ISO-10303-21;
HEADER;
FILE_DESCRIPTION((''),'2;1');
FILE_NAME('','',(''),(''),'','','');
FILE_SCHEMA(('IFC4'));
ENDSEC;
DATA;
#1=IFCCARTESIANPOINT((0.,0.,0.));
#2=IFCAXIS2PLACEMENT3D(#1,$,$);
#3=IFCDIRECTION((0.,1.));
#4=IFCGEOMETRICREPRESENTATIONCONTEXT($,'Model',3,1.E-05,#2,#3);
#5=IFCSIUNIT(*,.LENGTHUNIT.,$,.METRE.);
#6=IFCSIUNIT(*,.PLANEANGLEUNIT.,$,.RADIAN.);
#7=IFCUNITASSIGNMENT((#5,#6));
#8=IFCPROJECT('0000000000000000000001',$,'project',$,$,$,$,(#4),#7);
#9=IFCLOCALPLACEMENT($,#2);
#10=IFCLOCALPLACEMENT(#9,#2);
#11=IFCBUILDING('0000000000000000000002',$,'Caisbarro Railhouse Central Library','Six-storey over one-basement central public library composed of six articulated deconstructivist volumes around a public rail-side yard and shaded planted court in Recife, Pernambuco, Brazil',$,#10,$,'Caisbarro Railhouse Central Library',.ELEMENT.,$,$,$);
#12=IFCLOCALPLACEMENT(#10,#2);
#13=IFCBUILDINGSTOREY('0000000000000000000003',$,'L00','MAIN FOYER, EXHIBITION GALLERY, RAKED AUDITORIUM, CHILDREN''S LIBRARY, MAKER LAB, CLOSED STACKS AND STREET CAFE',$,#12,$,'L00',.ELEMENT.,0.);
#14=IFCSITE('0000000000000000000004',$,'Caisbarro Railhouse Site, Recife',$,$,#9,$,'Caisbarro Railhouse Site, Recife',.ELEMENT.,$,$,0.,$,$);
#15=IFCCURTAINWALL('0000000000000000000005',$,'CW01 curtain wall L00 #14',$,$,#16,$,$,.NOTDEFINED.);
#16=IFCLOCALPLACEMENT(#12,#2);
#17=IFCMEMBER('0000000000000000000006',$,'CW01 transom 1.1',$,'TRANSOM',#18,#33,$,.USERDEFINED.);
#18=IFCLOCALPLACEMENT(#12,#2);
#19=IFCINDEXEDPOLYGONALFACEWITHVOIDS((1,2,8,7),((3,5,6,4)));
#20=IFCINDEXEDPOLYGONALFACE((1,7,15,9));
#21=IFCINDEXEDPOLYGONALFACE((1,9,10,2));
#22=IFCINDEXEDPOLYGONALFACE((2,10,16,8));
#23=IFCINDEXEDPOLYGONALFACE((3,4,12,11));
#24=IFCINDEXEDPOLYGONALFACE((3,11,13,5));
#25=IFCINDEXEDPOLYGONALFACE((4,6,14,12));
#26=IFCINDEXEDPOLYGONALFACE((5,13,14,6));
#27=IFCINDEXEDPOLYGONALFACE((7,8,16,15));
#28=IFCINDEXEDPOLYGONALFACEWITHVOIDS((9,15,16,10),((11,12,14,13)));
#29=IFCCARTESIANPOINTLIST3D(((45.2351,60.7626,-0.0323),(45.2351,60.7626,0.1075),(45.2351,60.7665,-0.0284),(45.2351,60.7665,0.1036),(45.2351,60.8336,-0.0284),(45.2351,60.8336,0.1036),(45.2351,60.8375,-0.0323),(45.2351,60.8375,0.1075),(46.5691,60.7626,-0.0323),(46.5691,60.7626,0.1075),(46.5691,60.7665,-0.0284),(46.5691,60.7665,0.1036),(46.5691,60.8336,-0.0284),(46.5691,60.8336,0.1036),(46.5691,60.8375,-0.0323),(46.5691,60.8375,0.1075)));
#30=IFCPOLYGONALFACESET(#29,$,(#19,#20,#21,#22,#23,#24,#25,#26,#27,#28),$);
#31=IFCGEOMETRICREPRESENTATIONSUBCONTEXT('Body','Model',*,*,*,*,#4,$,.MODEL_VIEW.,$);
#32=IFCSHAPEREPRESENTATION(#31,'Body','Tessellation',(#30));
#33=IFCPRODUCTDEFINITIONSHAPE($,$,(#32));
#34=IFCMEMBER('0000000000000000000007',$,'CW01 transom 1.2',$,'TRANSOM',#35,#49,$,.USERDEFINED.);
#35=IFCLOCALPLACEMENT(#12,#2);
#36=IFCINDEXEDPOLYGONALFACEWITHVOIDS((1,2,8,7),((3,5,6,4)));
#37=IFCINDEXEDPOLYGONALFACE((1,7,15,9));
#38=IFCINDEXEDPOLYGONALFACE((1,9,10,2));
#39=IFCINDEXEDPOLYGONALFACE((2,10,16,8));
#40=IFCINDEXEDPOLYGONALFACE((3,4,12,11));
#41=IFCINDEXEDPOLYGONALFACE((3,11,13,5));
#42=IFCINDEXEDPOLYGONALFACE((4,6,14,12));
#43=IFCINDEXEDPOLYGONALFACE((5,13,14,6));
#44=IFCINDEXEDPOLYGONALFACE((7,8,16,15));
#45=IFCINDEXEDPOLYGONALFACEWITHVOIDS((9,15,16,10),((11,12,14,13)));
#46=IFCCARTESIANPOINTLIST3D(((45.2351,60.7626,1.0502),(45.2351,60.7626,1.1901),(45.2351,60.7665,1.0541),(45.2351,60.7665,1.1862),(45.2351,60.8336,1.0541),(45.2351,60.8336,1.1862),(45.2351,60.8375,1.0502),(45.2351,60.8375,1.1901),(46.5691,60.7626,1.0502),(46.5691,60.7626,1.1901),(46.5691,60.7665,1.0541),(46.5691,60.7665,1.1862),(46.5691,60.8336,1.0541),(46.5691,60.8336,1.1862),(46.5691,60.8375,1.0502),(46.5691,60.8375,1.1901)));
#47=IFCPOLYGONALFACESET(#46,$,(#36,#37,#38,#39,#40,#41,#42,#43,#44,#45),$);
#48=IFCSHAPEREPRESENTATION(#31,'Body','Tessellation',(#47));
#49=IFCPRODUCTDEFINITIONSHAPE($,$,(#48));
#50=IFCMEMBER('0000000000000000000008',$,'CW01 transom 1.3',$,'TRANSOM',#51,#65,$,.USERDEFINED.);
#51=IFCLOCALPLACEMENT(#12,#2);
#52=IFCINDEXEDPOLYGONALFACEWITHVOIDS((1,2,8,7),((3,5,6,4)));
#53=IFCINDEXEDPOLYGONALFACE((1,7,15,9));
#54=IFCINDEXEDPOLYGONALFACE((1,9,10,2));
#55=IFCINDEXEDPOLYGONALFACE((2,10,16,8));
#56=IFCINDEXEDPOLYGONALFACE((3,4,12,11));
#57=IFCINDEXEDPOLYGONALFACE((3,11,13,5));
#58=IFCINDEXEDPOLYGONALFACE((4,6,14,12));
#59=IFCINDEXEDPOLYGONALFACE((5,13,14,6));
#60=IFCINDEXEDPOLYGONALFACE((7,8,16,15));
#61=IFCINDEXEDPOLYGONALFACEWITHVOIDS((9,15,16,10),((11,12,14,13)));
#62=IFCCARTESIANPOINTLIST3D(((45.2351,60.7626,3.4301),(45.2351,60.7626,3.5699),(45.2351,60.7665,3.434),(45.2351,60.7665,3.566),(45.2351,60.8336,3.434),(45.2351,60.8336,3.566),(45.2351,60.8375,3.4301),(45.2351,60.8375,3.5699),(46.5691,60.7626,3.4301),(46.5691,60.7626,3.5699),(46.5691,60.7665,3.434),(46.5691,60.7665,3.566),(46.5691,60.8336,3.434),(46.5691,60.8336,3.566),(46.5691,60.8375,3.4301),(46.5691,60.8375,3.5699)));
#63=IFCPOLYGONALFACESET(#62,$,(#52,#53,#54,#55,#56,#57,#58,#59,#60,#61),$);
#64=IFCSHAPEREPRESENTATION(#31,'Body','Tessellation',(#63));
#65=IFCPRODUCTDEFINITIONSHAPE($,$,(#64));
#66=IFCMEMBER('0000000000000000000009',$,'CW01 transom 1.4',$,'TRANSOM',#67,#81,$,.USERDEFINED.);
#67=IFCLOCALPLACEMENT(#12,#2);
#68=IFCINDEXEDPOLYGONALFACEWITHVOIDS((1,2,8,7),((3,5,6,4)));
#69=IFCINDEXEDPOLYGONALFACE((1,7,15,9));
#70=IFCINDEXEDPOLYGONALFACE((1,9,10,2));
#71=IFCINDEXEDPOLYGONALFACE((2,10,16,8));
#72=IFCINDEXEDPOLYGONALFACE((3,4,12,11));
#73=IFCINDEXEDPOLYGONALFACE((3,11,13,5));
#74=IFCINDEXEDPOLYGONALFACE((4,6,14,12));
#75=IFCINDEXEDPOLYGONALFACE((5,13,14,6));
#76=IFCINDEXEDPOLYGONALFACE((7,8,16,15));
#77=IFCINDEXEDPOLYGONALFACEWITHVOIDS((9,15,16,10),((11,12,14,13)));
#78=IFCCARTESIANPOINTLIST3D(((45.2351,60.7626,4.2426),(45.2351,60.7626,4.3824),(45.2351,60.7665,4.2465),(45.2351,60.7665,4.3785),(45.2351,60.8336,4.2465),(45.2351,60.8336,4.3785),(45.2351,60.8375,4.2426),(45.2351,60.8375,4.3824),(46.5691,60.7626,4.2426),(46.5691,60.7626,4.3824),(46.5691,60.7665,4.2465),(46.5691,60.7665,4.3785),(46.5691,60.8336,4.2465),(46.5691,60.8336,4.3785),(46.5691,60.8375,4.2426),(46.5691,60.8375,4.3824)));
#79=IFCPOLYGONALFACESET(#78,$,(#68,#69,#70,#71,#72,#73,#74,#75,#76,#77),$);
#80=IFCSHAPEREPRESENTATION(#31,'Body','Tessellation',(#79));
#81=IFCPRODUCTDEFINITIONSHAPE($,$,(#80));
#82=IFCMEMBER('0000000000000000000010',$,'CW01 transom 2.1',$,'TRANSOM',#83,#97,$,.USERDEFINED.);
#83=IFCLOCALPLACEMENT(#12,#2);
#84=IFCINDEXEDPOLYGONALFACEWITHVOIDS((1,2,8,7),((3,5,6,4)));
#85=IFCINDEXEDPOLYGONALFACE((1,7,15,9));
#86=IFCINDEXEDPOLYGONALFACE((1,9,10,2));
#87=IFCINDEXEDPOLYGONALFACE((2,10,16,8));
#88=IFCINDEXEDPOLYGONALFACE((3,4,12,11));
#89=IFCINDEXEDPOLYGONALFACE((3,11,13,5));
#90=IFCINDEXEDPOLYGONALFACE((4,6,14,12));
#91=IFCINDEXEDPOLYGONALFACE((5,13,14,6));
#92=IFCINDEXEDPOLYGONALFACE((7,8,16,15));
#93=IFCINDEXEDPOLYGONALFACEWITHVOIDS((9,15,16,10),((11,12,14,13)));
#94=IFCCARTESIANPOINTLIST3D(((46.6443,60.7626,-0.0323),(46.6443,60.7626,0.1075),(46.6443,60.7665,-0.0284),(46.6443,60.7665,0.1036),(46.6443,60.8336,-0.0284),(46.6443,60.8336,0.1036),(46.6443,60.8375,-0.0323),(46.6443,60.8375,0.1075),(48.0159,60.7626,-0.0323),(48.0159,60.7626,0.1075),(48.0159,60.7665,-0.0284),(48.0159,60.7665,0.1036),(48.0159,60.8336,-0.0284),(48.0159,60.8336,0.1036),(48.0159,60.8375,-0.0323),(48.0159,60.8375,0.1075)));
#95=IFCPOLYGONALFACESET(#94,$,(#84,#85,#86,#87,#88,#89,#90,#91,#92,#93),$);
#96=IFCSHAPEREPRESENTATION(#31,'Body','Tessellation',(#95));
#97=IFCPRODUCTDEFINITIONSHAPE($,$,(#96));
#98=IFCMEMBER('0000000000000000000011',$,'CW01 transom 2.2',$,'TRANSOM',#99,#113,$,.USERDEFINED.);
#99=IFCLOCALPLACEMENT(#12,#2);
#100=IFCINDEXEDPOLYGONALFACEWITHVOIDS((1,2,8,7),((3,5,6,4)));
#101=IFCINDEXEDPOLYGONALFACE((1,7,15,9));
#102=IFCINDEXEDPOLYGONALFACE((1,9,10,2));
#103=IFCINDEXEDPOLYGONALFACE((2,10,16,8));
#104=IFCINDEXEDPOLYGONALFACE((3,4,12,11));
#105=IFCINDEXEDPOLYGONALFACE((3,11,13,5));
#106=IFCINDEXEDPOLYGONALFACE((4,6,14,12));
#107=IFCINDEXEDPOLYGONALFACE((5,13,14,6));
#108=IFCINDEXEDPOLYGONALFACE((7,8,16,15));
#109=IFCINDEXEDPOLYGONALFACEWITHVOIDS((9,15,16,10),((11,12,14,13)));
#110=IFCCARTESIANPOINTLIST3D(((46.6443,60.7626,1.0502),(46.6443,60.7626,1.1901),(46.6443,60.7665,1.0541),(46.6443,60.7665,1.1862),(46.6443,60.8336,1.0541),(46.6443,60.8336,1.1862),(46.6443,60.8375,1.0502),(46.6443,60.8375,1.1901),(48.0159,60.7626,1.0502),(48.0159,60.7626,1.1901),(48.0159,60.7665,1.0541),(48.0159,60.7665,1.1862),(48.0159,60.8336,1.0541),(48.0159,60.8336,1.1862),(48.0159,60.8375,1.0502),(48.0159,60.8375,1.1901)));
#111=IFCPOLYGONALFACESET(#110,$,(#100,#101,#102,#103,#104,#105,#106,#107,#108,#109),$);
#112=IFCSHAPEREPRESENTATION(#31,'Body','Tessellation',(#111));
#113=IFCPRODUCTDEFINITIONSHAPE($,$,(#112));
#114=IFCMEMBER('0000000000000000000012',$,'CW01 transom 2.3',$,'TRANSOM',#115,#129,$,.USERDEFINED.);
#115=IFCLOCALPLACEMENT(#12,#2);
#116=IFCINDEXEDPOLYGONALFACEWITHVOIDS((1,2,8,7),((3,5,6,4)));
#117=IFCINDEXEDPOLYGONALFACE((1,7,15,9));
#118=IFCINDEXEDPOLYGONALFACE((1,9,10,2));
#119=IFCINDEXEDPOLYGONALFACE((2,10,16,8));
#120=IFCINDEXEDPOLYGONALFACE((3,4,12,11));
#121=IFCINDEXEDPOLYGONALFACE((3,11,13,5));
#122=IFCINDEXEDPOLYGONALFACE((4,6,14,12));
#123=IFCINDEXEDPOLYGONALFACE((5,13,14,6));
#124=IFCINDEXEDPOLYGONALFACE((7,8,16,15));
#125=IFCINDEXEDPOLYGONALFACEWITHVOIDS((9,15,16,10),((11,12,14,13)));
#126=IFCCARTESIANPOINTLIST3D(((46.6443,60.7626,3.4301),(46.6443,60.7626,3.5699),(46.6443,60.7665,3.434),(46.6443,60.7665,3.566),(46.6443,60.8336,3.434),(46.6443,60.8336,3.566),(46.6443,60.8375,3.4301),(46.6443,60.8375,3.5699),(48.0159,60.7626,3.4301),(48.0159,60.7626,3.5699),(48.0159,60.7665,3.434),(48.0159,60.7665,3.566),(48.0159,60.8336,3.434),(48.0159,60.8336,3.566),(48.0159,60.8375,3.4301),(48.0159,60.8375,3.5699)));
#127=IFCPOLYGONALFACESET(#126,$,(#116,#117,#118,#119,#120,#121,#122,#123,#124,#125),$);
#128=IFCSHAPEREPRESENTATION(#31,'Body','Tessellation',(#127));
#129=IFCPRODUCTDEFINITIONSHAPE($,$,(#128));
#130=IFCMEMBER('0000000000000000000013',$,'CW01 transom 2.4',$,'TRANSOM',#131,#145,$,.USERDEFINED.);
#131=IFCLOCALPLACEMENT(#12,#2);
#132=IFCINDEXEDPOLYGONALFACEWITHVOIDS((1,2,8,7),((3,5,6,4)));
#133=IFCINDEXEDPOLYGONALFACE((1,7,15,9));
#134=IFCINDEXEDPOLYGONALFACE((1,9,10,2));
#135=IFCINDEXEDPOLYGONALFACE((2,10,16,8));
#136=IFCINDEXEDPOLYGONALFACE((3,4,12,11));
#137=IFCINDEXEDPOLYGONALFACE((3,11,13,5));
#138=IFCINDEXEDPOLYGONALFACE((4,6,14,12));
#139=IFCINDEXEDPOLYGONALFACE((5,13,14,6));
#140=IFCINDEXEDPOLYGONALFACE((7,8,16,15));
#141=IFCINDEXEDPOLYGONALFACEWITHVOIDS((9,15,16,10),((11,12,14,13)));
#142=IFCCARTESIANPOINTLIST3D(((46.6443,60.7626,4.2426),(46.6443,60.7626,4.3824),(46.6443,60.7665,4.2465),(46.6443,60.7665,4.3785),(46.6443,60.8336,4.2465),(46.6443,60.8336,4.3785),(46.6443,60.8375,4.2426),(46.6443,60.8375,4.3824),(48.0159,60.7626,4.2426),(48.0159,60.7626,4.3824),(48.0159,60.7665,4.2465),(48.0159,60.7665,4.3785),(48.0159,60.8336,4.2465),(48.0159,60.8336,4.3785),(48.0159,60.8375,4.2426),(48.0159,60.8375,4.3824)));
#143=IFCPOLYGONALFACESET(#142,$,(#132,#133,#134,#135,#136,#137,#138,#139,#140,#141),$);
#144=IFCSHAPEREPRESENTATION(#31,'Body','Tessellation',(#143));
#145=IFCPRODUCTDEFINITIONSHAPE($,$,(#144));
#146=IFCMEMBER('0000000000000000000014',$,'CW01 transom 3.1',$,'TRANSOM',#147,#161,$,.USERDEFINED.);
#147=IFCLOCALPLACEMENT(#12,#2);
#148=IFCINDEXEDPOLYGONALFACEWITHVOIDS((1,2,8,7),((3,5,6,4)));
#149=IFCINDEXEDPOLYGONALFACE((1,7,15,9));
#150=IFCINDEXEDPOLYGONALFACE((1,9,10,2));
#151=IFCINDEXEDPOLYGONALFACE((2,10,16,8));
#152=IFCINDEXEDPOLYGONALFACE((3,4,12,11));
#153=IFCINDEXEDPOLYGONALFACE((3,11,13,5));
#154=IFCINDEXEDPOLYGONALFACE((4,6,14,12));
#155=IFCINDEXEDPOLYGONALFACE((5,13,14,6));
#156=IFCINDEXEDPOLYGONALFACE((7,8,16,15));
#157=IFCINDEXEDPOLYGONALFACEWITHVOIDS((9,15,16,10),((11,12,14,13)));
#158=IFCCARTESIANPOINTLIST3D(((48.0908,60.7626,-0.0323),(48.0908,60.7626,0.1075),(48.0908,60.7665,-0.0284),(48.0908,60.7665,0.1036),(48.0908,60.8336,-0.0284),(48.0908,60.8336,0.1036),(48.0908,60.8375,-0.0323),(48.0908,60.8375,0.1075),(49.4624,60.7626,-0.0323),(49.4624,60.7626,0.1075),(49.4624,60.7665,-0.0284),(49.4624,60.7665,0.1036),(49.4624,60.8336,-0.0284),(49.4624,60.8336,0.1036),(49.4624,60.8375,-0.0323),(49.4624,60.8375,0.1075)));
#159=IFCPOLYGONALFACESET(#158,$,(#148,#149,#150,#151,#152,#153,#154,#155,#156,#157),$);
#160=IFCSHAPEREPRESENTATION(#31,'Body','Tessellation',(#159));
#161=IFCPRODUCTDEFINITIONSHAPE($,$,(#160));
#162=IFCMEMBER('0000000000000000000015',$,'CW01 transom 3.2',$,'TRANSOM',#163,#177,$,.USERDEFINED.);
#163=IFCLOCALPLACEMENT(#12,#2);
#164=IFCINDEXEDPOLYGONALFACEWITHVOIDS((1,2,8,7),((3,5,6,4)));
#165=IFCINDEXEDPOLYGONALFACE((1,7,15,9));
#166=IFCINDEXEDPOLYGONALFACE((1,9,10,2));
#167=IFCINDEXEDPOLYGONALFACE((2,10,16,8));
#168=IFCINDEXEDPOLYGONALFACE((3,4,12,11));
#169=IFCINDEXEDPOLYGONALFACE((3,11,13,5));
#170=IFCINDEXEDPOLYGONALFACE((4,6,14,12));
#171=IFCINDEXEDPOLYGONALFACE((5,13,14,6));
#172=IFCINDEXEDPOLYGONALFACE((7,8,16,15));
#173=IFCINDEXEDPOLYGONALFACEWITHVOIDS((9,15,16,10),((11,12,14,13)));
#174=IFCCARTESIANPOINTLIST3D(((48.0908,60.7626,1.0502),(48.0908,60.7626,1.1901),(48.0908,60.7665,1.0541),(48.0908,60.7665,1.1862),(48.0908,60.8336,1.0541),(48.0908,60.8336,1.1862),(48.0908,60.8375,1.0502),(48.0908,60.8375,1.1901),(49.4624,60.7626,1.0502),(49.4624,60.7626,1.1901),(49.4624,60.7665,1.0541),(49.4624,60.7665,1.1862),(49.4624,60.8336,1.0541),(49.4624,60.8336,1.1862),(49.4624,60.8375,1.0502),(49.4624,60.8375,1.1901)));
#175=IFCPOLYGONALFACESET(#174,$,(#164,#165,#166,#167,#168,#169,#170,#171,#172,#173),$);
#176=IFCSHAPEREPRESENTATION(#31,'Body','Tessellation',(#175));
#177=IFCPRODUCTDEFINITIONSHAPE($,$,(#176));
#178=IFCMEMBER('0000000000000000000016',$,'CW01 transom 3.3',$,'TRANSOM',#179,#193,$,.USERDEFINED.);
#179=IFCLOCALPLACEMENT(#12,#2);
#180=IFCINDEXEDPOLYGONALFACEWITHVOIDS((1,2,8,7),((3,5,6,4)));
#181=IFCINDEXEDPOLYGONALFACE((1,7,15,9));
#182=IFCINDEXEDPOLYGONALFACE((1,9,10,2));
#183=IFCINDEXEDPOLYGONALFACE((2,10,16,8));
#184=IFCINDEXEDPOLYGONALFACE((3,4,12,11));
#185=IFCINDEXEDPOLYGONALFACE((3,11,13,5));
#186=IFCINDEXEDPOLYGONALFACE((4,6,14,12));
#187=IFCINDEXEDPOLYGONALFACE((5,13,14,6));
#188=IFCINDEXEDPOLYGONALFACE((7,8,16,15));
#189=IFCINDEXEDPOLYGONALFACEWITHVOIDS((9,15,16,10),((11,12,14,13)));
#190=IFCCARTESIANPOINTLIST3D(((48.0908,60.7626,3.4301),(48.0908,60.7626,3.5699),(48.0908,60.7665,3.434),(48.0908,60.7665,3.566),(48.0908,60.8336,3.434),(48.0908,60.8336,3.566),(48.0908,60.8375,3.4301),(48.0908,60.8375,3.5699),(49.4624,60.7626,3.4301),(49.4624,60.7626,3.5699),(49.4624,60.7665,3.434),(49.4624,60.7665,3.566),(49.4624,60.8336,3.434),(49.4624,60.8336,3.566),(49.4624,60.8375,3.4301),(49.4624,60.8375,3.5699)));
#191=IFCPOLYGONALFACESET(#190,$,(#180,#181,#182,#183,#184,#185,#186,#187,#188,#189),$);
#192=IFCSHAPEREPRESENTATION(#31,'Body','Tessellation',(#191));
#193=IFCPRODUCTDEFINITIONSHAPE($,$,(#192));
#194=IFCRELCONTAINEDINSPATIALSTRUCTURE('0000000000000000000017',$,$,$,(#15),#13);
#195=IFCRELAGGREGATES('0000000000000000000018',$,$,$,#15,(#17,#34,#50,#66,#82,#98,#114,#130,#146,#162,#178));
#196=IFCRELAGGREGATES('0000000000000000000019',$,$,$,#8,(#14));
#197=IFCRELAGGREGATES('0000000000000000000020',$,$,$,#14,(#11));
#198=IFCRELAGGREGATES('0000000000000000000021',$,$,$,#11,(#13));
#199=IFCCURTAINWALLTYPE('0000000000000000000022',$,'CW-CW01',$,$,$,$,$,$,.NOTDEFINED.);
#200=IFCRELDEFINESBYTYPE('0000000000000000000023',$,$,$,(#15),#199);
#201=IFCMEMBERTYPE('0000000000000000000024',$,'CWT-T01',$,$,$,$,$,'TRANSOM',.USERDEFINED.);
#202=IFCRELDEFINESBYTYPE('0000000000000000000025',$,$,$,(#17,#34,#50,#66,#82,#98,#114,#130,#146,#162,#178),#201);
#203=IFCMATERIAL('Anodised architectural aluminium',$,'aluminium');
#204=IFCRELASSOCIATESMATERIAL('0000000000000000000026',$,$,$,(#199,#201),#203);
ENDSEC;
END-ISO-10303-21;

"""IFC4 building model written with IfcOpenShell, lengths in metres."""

from ifc_helpers import new_model, si_unit, direction, frame, origin, origin_2d, place, context, subcontext, project, spatial, hollow_rectangle, extrude, material, material_profile, profile_set, type_object, element, aggregate, save


model = new_model("IFC4")

# Units and contexts
model_context = context("Model", 3, precision=1e-05, world=origin(), true_north=direction((0.0, 1.0)))
body_context = subcontext(model_context, "Body", "Model", "MODEL_VIEW")
ifc_project = project(units=[si_unit("LENGTHUNIT", "METRE"), si_unit("PLANEANGLEUNIT", "RADIAN")], contexts=[model_context])

# Site, building, storey
site_placement = place(None, origin())
site = spatial("IfcSite", under=ifc_project, at=site_placement, Name="Caisbarro Railhouse Site, Recife", LongName="Caisbarro Railhouse Site, Recife", CompositionType="ELEMENT", RefElevation=0.0)
building_placement = place(site_placement, origin())
building = spatial("IfcBuilding", under=site, at=building_placement, Name="Caisbarro Railhouse Central Library", Description="Six-storey over one-basement central public library composed of six articulated deconstructivist volumes around a public rail-side yard and shaded planted court in Recife, Pernambuco, Brazil", LongName="Caisbarro Railhouse Central Library", CompositionType="ELEMENT")
storey_placement = place(building_placement, origin())
storey = spatial("IfcBuildingStorey", under=building, at=storey_placement, Name="L00", Description="MAIN FOYER, EXHIBITION GALLERY, RAKED AUDITORIUM, CHILDREN'S LIBRARY, MAKER LAB, CLOSED STACKS AND STREET CAFE", LongName="L00", CompositionType="ELEMENT", Elevation=0.0)

# Curtain wall, members
ifc_material_1 = material(Name="Anodised architectural aluminium", Category="aluminium")
curtain_wall_type = type_object("IfcCurtainWallType", Name="CW-CW01", PredefinedType="NOTDEFINED", material=ifc_material_1)
curtain_wall_placement = place(storey_placement, origin())
curtain_wall = element("IfcCurtainWall", 1, at=curtain_wall_placement, inside=storey, type_object=curtain_wall_type, Name="CW01 curtain wall L00 #14", PredefinedType="NOTDEFINED")
ifc_material_profile_1 = material_profile(ifc_material_1, hollow_rectangle(XDim=0.075, YDim=0.1399, WallThickness=0.0039, at=origin_2d()), Name="ALU-TRN-75X140")
ifc_profile_set_1 = profile_set([ifc_material_profile_1], Name="Anodised architectural aluminium")
member_type_1 = type_object("IfcMemberType", Name="CWT-T01", ElementType="TRANSOM", PredefinedType="USERDEFINED", material=ifc_profile_set_1)
member_1_placement = place(storey_placement, frame((45.2351, 60.8, 0.0376), z_axis=(1.0, 0.0, 0.0), x_axis=(0.0, 1.0, 0.0)))
member_1 = element("IfcMember", 2, at=member_1_placement, type_object=member_type_1, Name="CW01 transom 1.1", ObjectType="TRANSOM", PredefinedType="USERDEFINED", context=body_context, shape_type="SweptSolid", body=[
    extrude(hollow_rectangle(XDim=0.075, YDim=0.1399, WallThickness=0.0039, at=origin_2d()), origin(), (0.0, 0.0, 1.0), 1.334),
])
member_2_placement = place(storey_placement, frame((45.2351, 60.8, 1.1201), z_axis=(1.0, 0.0, 0.0), x_axis=(0.0, 1.0, 0.0)))
member_2 = element("IfcMember", 3, at=member_2_placement, type_object=member_type_1, Name="CW01 transom 1.2", ObjectType="TRANSOM", PredefinedType="USERDEFINED", context=body_context, shape_type="SweptSolid", body=[
    extrude(hollow_rectangle(XDim=0.075, YDim=0.1399, WallThickness=0.0039, at=origin_2d()), origin(), (0.0, 0.0, 1.0), 1.334),
])
member_3_placement = place(storey_placement, frame((45.2351, 60.8, 3.5), z_axis=(1.0, 0.0, 0.0), x_axis=(0.0, 1.0, 0.0)))
member_3 = element("IfcMember", 4, at=member_3_placement, type_object=member_type_1, Name="CW01 transom 1.3", ObjectType="TRANSOM", PredefinedType="USERDEFINED", context=body_context, shape_type="SweptSolid", body=[
    extrude(hollow_rectangle(XDim=0.075, YDim=0.1399, WallThickness=0.0039, at=origin_2d()), origin(), (0.0, 0.0, 1.0), 1.334),
])
member_4_placement = place(storey_placement, frame((45.2351, 60.8, 4.3125), z_axis=(1.0, 0.0, 0.0), x_axis=(0.0, 1.0, 0.0)))
member_4 = element("IfcMember", 5, at=member_4_placement, type_object=member_type_1, Name="CW01 transom 1.4", ObjectType="TRANSOM", PredefinedType="USERDEFINED", context=body_context, shape_type="SweptSolid", body=[
    extrude(hollow_rectangle(XDim=0.075, YDim=0.1399, WallThickness=0.0039, at=origin_2d()), origin(), (0.0, 0.0, 1.0), 1.334),
])
member_5_placement = place(storey_placement, frame((46.6443, 60.8, 0.0376), z_axis=(1.0, 0.0, 0.0), x_axis=(0.0, 1.0, 0.0)))
member_5 = element("IfcMember", 6, at=member_5_placement, type_object=member_type_1, Name="CW01 transom 2.1", ObjectType="TRANSOM", PredefinedType="USERDEFINED", context=body_context, shape_type="SweptSolid", body=[
    extrude(hollow_rectangle(XDim=0.075, YDim=0.1399, WallThickness=0.0039, at=origin_2d()), origin(), (0.0, 0.0, 1.0), 1.3716),
])
member_6_placement = place(storey_placement, frame((46.6443, 60.8, 1.1201), z_axis=(1.0, 0.0, 0.0), x_axis=(0.0, 1.0, 0.0)))
member_6 = element("IfcMember", 7, at=member_6_placement, type_object=member_type_1, Name="CW01 transom 2.2", ObjectType="TRANSOM", PredefinedType="USERDEFINED", context=body_context, shape_type="SweptSolid", body=[
    extrude(hollow_rectangle(XDim=0.075, YDim=0.1399, WallThickness=0.0039, at=origin_2d()), origin(), (0.0, 0.0, 1.0), 1.3716),
])
member_7_placement = place(storey_placement, frame((46.6443, 60.8, 3.5), z_axis=(1.0, 0.0, 0.0), x_axis=(0.0, 1.0, 0.0)))
member_7 = element("IfcMember", 8, at=member_7_placement, type_object=member_type_1, Name="CW01 transom 2.3", ObjectType="TRANSOM", PredefinedType="USERDEFINED", context=body_context, shape_type="SweptSolid", body=[
    extrude(hollow_rectangle(XDim=0.075, YDim=0.1399, WallThickness=0.0039, at=origin_2d()), origin(), (0.0, 0.0, 1.0), 1.3716),
])
member_8_placement = place(storey_placement, frame((46.6443, 60.8, 4.3125), z_axis=(1.0, 0.0, 0.0), x_axis=(0.0, 1.0, 0.0)))
member_8 = element("IfcMember", 9, at=member_8_placement, type_object=member_type_1, Name="CW01 transom 2.4", ObjectType="TRANSOM", PredefinedType="USERDEFINED", context=body_context, shape_type="SweptSolid", body=[
    extrude(hollow_rectangle(XDim=0.075, YDim=0.1399, WallThickness=0.0039, at=origin_2d()), origin(), (0.0, 0.0, 1.0), 1.3716),
])
member_9_placement = place(storey_placement, frame((48.0908, 60.8, 0.0376), z_axis=(1.0, 0.0, 0.0), x_axis=(0.0, 1.0, 0.0)))
member_9 = element("IfcMember", 10, at=member_9_placement, type_object=member_type_1, Name="CW01 transom 3.1", ObjectType="TRANSOM", PredefinedType="USERDEFINED", context=body_context, shape_type="SweptSolid", body=[
    extrude(hollow_rectangle(XDim=0.075, YDim=0.1399, WallThickness=0.0039, at=origin_2d()), origin(), (0.0, 0.0, 1.0), 1.3716),
])
member_10_placement = place(storey_placement, frame((48.0908, 60.8, 1.1201), z_axis=(1.0, 0.0, 0.0), x_axis=(0.0, 1.0, 0.0)))
member_10 = element("IfcMember", 11, at=member_10_placement, type_object=member_type_1, Name="CW01 transom 3.2", ObjectType="TRANSOM", PredefinedType="USERDEFINED", context=body_context, shape_type="SweptSolid", body=[
    extrude(hollow_rectangle(XDim=0.075, YDim=0.1399, WallThickness=0.0039, at=origin_2d()), origin(), (0.0, 0.0, 1.0), 1.3716),
])
member_11_placement = place(storey_placement, frame((48.0908, 60.8, 3.5), z_axis=(1.0, 0.0, 0.0), x_axis=(0.0, 1.0, 0.0)))
member_11 = element("IfcMember", 12, at=member_11_placement, type_object=member_type_1, Name="CW01 transom 3.3", ObjectType="TRANSOM", PredefinedType="USERDEFINED", context=body_context, shape_type="SweptSolid", body=[
    extrude(hollow_rectangle(XDim=0.075, YDim=0.1399, WallThickness=0.0039, at=origin_2d()), origin(), (0.0, 0.0, 1.0), 1.3716),
])
aggregate(curtain_wall, [member_1, member_2, member_3, member_4, member_5, member_6, member_7, member_8, member_9, member_10, member_11])

save(model, "model.ifc")
